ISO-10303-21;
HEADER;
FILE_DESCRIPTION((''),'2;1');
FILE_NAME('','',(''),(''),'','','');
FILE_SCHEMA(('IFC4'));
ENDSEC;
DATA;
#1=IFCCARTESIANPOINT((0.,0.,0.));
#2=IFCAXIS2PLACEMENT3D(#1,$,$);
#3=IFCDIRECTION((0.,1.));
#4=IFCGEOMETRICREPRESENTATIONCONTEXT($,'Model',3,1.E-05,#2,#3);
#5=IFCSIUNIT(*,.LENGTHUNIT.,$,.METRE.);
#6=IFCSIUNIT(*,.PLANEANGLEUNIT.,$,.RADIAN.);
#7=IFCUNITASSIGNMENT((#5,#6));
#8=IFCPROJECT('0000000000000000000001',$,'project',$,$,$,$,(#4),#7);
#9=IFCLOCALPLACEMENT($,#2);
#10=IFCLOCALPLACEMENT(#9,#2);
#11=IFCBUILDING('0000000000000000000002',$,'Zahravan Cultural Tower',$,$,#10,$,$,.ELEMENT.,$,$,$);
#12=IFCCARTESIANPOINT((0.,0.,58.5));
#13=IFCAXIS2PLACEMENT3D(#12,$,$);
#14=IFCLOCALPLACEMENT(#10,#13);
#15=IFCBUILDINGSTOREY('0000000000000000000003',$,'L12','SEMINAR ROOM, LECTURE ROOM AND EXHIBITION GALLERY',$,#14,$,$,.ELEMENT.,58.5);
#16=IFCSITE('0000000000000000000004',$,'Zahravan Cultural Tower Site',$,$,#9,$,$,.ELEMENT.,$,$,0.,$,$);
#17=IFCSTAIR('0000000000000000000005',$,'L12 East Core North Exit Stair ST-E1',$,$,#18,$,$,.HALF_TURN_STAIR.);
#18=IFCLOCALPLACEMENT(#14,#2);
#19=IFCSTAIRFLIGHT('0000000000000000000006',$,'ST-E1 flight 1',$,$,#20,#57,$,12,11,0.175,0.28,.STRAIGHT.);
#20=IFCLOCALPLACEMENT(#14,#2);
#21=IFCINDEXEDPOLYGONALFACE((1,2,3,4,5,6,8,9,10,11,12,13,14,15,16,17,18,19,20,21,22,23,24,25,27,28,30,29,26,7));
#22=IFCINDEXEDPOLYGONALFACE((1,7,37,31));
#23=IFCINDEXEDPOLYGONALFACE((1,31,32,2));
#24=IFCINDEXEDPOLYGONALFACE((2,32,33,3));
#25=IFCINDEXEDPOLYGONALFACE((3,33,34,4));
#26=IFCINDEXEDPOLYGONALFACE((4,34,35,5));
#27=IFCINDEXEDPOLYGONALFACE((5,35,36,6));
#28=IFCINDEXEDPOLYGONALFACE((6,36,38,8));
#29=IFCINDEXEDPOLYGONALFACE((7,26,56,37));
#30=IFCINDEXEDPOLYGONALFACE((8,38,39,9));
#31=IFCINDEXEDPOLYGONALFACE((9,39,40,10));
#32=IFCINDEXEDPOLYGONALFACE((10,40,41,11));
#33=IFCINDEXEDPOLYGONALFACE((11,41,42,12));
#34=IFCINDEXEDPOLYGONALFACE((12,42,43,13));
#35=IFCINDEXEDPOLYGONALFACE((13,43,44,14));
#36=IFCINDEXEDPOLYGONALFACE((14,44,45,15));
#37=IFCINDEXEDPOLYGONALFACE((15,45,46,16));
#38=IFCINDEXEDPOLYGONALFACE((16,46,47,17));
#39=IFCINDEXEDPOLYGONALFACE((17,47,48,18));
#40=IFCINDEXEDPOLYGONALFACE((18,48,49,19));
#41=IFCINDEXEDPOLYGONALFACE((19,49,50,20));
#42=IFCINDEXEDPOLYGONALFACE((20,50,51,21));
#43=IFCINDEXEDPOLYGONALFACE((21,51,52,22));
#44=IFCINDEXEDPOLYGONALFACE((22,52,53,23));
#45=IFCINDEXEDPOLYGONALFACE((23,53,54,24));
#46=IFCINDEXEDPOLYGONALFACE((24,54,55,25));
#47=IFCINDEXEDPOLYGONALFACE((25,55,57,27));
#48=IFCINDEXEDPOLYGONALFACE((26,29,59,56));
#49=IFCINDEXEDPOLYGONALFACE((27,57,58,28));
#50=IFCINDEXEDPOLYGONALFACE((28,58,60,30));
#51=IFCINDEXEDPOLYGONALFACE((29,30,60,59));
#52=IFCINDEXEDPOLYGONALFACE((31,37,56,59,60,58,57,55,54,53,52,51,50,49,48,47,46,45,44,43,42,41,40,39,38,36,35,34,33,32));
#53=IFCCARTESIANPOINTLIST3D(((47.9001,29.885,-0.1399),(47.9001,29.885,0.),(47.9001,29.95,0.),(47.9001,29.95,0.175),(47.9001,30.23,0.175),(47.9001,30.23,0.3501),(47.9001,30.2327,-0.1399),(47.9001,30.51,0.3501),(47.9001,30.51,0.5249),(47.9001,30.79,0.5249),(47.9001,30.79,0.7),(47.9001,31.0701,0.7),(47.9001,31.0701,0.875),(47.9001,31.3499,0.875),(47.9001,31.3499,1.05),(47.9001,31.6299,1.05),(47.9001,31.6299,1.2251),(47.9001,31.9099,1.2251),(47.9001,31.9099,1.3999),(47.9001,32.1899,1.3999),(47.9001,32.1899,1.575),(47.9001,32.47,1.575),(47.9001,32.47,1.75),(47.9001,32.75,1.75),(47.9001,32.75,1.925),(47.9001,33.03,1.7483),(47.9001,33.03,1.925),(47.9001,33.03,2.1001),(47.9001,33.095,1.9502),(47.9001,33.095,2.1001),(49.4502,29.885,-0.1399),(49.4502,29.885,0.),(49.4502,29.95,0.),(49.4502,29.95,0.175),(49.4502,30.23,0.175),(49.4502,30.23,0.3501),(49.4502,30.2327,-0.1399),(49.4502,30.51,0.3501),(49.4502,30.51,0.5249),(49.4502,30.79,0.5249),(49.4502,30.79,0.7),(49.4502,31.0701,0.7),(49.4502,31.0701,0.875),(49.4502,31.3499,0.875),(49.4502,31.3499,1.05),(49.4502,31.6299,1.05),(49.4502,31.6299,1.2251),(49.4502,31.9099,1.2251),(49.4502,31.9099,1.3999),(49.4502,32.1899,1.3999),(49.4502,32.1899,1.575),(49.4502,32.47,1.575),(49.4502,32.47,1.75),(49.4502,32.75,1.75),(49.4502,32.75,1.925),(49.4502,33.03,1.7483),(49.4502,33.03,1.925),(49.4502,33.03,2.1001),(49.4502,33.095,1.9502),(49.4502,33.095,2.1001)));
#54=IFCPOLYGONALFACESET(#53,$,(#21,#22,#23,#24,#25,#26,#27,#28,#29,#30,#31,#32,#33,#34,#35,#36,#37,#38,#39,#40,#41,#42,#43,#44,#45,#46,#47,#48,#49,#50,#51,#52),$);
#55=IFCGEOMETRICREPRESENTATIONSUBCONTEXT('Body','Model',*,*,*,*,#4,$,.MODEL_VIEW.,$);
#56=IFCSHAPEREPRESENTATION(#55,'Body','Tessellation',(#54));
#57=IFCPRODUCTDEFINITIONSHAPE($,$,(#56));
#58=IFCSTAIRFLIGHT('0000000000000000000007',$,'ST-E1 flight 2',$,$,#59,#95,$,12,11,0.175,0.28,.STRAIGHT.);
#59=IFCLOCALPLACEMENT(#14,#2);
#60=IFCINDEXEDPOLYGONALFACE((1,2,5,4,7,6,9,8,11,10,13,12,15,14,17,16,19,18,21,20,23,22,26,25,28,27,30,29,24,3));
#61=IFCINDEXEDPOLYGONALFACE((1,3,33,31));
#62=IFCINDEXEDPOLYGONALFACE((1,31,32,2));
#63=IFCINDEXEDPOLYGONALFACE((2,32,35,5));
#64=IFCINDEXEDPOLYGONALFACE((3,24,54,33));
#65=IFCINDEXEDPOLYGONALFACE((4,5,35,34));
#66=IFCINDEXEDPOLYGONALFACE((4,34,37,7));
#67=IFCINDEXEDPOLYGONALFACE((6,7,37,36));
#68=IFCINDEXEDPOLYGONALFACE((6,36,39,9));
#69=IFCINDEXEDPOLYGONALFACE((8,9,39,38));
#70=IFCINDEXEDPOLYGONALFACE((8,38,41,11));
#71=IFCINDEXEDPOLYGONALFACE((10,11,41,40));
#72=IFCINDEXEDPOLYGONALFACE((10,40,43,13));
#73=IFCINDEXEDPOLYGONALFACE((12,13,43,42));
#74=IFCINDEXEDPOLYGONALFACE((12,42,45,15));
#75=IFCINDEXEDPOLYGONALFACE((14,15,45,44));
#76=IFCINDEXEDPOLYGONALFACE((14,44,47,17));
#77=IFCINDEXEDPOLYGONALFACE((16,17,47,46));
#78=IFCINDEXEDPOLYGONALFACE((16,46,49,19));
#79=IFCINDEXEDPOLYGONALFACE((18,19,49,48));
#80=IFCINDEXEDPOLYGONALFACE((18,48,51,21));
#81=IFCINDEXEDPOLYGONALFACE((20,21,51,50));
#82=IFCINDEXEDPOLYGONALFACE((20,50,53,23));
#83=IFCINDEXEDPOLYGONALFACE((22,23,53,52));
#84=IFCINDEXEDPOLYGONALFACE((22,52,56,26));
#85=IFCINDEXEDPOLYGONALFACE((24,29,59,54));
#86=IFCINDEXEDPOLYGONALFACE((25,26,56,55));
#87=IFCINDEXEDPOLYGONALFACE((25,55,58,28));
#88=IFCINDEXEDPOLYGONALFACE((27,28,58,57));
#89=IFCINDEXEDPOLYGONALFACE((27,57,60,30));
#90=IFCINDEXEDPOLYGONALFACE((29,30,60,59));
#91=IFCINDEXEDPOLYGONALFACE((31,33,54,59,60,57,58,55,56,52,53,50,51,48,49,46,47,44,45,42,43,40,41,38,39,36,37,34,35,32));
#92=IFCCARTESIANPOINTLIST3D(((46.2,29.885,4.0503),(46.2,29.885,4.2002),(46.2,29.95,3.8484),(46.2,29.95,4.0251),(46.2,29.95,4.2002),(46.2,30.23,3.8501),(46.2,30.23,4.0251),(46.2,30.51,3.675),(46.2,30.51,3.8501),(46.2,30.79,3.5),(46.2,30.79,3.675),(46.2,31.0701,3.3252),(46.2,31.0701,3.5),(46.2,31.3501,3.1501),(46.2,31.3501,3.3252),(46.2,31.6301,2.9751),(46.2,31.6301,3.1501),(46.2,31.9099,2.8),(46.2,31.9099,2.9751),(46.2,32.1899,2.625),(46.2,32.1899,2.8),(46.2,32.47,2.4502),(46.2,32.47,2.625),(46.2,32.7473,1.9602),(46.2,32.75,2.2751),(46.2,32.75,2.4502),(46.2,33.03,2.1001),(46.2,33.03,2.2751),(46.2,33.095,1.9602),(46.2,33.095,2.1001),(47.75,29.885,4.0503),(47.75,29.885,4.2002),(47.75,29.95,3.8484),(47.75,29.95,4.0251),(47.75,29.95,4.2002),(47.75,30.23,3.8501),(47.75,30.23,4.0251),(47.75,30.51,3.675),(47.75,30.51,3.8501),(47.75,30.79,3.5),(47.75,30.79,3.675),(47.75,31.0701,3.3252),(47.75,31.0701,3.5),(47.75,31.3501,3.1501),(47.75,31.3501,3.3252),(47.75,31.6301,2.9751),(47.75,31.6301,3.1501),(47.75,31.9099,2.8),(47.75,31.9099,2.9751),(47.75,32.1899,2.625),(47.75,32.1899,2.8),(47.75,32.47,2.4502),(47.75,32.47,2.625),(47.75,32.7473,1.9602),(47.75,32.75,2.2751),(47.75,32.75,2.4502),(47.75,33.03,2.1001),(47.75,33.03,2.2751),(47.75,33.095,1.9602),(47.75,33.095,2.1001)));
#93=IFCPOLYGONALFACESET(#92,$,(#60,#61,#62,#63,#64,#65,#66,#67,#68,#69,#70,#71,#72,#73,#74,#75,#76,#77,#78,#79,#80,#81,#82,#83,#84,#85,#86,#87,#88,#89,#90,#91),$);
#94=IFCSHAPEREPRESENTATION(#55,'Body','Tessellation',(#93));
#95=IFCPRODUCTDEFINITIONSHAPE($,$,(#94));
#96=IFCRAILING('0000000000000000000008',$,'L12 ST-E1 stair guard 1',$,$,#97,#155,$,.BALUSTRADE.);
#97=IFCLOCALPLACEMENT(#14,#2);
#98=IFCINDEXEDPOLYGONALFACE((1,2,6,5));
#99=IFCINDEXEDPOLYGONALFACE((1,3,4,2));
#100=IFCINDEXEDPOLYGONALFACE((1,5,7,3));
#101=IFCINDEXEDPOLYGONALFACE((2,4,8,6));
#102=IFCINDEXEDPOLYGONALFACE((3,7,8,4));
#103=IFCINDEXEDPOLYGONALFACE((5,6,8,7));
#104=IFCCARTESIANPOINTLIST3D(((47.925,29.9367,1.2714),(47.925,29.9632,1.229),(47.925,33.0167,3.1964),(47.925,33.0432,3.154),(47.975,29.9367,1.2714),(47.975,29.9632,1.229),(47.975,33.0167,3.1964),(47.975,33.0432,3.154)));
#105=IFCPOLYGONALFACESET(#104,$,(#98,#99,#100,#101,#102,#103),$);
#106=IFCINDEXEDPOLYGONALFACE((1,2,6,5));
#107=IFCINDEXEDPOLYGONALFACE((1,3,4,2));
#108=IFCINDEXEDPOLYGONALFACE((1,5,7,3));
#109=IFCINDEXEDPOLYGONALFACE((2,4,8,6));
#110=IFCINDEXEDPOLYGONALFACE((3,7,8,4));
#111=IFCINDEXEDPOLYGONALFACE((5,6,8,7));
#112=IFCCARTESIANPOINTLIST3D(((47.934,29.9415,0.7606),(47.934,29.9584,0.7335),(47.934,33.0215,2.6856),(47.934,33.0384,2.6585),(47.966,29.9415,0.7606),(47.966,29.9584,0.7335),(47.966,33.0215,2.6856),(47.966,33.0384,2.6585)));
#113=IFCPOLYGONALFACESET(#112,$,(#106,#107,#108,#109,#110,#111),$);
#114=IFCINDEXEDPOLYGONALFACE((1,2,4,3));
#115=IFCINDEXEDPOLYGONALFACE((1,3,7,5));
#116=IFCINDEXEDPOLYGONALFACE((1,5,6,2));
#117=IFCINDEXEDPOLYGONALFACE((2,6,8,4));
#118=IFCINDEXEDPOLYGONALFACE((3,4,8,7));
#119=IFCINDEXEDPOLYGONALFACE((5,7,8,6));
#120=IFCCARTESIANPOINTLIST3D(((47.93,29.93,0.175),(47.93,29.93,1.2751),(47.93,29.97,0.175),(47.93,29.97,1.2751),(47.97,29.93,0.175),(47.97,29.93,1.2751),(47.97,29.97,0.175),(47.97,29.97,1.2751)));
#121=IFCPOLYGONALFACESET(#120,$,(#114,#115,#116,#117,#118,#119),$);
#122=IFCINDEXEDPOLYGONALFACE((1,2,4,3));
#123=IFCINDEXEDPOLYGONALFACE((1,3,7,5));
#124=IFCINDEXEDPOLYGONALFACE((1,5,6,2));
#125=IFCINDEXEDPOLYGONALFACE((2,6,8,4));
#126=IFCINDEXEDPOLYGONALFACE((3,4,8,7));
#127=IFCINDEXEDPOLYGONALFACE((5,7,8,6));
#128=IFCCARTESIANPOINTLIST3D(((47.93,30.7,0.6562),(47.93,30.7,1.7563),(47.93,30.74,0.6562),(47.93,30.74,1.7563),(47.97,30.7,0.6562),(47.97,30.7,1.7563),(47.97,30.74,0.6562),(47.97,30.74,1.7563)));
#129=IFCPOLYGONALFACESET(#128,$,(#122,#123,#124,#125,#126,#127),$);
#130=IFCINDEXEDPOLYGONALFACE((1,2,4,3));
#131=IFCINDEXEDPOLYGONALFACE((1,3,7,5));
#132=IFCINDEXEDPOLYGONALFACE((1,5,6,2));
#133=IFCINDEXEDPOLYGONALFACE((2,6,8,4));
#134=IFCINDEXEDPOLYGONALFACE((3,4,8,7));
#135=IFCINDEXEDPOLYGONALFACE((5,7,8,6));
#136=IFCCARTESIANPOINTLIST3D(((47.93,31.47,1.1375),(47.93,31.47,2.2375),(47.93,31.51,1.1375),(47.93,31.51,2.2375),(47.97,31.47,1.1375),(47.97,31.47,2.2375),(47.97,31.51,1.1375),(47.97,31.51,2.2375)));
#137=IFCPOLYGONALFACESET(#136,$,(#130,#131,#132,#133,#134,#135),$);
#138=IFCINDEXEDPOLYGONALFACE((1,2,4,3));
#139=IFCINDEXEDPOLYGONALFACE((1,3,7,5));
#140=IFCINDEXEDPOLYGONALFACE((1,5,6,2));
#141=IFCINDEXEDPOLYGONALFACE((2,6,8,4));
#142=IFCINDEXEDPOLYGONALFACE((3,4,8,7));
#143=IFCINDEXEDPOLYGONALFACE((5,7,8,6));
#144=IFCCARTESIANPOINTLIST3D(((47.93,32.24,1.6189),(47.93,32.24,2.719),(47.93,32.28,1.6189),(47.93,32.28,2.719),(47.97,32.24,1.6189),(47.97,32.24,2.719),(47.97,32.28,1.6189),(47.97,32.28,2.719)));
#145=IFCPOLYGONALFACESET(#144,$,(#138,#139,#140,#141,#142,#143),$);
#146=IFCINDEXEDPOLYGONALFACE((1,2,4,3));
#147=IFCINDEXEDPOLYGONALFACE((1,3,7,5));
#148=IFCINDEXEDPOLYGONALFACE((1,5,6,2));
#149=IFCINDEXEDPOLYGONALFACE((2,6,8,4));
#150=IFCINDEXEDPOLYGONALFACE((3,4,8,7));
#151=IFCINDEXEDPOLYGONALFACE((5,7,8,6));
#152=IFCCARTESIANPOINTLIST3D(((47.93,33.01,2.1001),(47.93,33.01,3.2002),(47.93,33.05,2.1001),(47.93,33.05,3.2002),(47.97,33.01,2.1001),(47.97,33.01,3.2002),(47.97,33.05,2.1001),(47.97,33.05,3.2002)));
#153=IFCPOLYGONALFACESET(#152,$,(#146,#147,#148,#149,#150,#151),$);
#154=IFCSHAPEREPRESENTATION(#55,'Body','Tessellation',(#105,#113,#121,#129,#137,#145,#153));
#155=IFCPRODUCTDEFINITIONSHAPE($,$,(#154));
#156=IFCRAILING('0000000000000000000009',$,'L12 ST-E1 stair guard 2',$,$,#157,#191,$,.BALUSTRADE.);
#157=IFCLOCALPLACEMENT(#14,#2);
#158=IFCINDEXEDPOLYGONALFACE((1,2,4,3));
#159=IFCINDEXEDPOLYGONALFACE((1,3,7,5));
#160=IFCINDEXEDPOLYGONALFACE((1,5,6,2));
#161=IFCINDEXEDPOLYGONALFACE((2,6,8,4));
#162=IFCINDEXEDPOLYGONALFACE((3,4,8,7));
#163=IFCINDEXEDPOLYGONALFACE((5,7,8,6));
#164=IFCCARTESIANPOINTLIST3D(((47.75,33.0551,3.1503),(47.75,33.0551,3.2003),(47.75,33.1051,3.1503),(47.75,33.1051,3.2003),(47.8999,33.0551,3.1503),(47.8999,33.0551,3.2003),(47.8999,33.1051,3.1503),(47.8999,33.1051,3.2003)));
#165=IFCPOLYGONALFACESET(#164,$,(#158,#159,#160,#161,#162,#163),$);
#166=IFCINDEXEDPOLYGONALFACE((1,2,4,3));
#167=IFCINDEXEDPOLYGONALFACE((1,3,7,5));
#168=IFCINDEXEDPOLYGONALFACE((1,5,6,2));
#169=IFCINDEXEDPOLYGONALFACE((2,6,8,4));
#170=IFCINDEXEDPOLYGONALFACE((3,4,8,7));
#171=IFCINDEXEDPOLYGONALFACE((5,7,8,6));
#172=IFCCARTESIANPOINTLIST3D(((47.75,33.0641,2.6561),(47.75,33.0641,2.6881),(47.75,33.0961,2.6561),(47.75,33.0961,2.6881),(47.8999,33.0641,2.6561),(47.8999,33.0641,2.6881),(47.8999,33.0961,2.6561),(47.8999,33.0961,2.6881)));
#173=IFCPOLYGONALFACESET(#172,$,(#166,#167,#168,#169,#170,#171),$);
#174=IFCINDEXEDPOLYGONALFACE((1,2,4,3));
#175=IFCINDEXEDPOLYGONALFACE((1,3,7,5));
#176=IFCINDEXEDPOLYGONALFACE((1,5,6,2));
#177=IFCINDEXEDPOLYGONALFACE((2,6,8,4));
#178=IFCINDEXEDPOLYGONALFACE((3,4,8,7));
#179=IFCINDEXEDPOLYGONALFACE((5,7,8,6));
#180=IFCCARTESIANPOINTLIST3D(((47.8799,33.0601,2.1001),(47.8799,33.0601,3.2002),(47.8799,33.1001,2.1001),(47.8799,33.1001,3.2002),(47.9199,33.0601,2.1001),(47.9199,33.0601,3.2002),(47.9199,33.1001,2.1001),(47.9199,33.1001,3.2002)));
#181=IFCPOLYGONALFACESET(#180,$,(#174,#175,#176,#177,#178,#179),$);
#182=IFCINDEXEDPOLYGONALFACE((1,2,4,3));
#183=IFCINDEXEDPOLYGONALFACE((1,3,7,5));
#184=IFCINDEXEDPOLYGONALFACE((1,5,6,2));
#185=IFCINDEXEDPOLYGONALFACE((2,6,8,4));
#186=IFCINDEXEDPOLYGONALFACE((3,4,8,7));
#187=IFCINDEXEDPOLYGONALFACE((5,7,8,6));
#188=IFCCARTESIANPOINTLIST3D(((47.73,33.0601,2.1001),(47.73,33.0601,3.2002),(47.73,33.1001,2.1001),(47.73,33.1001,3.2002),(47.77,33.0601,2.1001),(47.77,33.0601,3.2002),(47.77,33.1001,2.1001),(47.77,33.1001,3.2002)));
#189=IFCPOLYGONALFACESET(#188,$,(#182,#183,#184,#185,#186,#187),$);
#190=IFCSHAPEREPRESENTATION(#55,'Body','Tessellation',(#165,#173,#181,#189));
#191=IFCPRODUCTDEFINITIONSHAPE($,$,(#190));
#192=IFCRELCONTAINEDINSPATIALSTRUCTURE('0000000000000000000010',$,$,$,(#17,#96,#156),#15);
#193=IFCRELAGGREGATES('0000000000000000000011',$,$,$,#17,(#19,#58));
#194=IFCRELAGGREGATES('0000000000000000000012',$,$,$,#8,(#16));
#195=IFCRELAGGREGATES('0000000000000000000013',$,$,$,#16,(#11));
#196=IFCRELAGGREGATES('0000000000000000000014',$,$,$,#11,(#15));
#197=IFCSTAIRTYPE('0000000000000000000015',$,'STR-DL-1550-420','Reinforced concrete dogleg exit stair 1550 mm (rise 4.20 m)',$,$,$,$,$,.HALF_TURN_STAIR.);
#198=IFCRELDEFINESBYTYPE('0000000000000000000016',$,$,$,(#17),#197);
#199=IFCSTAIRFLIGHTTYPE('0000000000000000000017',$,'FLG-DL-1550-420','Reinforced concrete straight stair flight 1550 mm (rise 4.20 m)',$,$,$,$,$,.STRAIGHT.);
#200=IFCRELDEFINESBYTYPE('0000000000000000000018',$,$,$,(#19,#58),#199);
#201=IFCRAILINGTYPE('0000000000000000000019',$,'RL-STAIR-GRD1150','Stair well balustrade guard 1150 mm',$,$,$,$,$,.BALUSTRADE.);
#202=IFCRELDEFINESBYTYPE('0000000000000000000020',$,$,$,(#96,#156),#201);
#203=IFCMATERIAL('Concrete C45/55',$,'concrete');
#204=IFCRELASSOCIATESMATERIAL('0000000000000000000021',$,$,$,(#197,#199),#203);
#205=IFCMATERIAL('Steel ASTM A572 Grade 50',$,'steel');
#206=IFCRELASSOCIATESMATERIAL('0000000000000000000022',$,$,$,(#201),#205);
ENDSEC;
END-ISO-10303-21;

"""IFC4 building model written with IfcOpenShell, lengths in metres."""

from ifc_helpers import new_model, si_unit, direction, frame, origin, origin_2d, place, context, subcontext, project, spatial, polyline, rectangle, outline, extrude, material, type_object, element, aggregate, save


model = new_model("IFC4")

# Units and contexts
model_context = context("Model", 3, precision=1e-05, world=origin(), true_north=direction((0.0, 1.0)))
body_context = subcontext(model_context, "Body", "Model", "MODEL_VIEW")
ifc_project = project(units=[si_unit("LENGTHUNIT", "METRE"), si_unit("PLANEANGLEUNIT", "RADIAN")], contexts=[model_context])

# Site, building, storey
site_placement = place(None, origin())
site = spatial("IfcSite", under=ifc_project, at=site_placement, Name="Zahravan Cultural Tower Site", CompositionType="ELEMENT", RefElevation=0.0)
building_placement = place(site_placement, origin())
building = spatial("IfcBuilding", under=site, at=building_placement, Name="Zahravan Cultural Tower", CompositionType="ELEMENT")
storey_placement = place(building_placement, frame((0.0, 0.0, 58.5)))
storey = spatial("IfcBuildingStorey", under=building, at=storey_placement, Name="L12", Description="SEMINAR ROOM, LECTURE ROOM AND EXHIBITION GALLERY", CompositionType="ELEMENT", Elevation=58.5)

# Shared definitions
ifc_material_1 = material(Name="Steel ASTM A572 Grade 50", Category="steel")
ifc_material_2 = material(Name="Concrete C45/55", Category="concrete")

# Stair, stair flights
stair_type = type_object("IfcStairType", Name="STR-DL-1550-420", Description="Reinforced concrete dogleg exit stair 1550 mm (rise 4.20 m)", PredefinedType="HALF_TURN_STAIR", material=ifc_material_2)
stair_placement = place(storey_placement, origin())
stair = element("IfcStair", 1, at=stair_placement, inside=storey, type_object=stair_type, Name="L12 East Core North Exit Stair ST-E1", PredefinedType="HALF_TURN_STAIR")
stair_flight_type = type_object("IfcStairFlightType", Name="FLG-DL-1550-420", Description="Reinforced concrete straight stair flight 1550 mm (rise 4.20 m)", PredefinedType="STRAIGHT", material=ifc_material_2)
stair_flight_1_placement = place(storey_placement, frame((48.675, 29.95, 0.0), z_axis=(0.0, 0.0, 1.0), x_axis=(0.0, 1.0, 0.0)))
stair_flight_1 = element("IfcStairFlight", 2, at=stair_flight_1_placement, type_object=stair_flight_type, Name="ST-E1 flight 1", NumberOfRisers=12, NumberOfTreads=11, PredefinedType="STRAIGHT", RiserHeight=0.175, TreadLength=0.28, context=body_context, shape_type="SweptSolid", body=[
    extrude(outline(polyline([(-0.0649, -0.1399), (-0.0649, 0.0), (0.0, 0.0), (0.0, 0.175), (0.28, 0.175), (0.28, 0.3501), (0.5601, 0.3501), (0.5601, 0.5249), (0.8401, 0.5249), (0.8401, 0.7), (1.1201, 0.7), (1.1201, 0.875), (1.3999, 0.875), (1.3999, 1.05), (1.6799, 1.05), (1.6799, 1.2251), (1.96, 1.2251), (1.96, 1.3999), (2.24, 1.3999), (2.24, 1.575), (2.52, 1.575), (2.52, 1.75), (2.8, 1.75), (2.8, 1.925), (3.0801, 1.925), (3.0801, 2.1001), (3.145, 2.1001), (3.145, 1.9502), (3.0801, 1.7483), (0.2827, -0.1399), (-0.0649, -0.1399)])), frame((0.0, 0.7749, 0.0), z_axis=(0.0, -1.0, 0.0), x_axis=(1.0, 0.0, 0.0)), (0.0, 0.0, 1.0), 1.55),
])
stair_flight_2_placement = place(storey_placement, frame((46.9751, 33.03, 2.1001), z_axis=(0.0, 0.0, 1.0), x_axis=(0.0, -1.0, 0.0)))
stair_flight_2 = element("IfcStairFlight", 3, at=stair_flight_2_placement, type_object=stair_flight_type, Name="ST-E1 flight 2", NumberOfRisers=12, NumberOfTreads=11, PredefinedType="STRAIGHT", RiserHeight=0.175, TreadLength=0.28, context=body_context, shape_type="SweptSolid", body=[
    extrude(outline(polyline([(-0.0649, -0.1399), (-0.0649, 0.0), (0.0, 0.0), (0.0, 0.175), (0.28, 0.175), (0.28, 0.3501), (0.5601, 0.3501), (0.5601, 0.5249), (0.8401, 0.5249), (0.8401, 0.7), (1.1201, 0.7), (1.1201, 0.875), (1.3999, 0.875), (1.3999, 1.05), (1.6799, 1.05), (1.6799, 1.2251), (1.96, 1.2251), (1.96, 1.3999), (2.24, 1.3999), (2.24, 1.575), (2.52, 1.575), (2.52, 1.75), (2.8, 1.75), (2.8, 1.925), (3.0801, 1.925), (3.0801, 2.1001), (3.145, 2.1001), (3.145, 1.9502), (3.0801, 1.7483), (0.2827, -0.1399), (-0.0649, -0.1399)])), frame((0.0, 0.7749, 0.0), z_axis=(0.0, -1.0, 0.0), x_axis=(1.0, 0.0, 0.0)), (0.0, 0.0, 1.0), 1.55),
])
aggregate(stair, [stair_flight_1, stair_flight_2])

# Railings
railing_type_1 = type_object("IfcRailingType", Name="RL-STAIR-GRD1150", Description="Stair well balustrade guard 1150 mm", PredefinedType="BALUSTRADE", material=ifc_material_1)
railing_1_placement = place(storey_placement, frame((47.95, 29.95, 0.175)))
element("IfcRailing", 4, at=railing_1_placement, inside=storey, type_object=railing_type_1, Name="L12 ST-E1 stair guard 1", PredefinedType="BALUSTRADE", context=body_context, shape_type="SweptSolid", body=[
    extrude(rectangle(XDim=0.05, YDim=0.05, at=origin_2d()), frame((0.0, 0.0, 1.0752), z_axis=(0.0, 0.847998, 0.529999), x_axis=(-1.0, 0.0, 0.0)), (0.0, 0.0, 1.0), 3.6321),
    extrude(rectangle(XDim=0.032, YDim=0.032, at=origin_2d()), frame((0.0, 0.0, 0.572), z_axis=(0.0, 0.847998, 0.529999), x_axis=(-1.0, 0.0, 0.0)), (0.0, 0.0, 1.0), 3.6321),
    extrude(rectangle(XDim=0.04, YDim=0.04, at=origin_2d()), origin(), (0.0, 0.0, 1.0), 1.1001),
    extrude(rectangle(XDim=0.04, YDim=0.04, at=origin_2d()), frame((0.0, 0.77, 0.4812)), (0.0, 0.0, 1.0), 1.1001),
    extrude(rectangle(XDim=0.04, YDim=0.04, at=origin_2d()), frame((0.0, 1.54, 0.9624)), (0.0, 0.0, 1.0), 1.1001),
    extrude(rectangle(XDim=0.04, YDim=0.04, at=origin_2d()), frame((0.0, 2.3101, 1.4438)), (0.0, 0.0, 1.0), 1.1001),
    extrude(rectangle(XDim=0.04, YDim=0.04, at=origin_2d()), frame((0.0, 3.0801, 1.925)), (0.0, 0.0, 1.0), 1.1001),
])
railing_2_placement = place(storey_placement, frame((47.8999, 33.0801, 2.1001)))
element("IfcRailing", 5, at=railing_2_placement, inside=storey, type_object=railing_type_1, Name="L12 ST-E1 stair guard 2", PredefinedType="BALUSTRADE", context=body_context, shape_type="SweptSolid", body=[
    extrude(rectangle(XDim=0.05, YDim=0.05, at=origin_2d()), frame((0.0, 0.0, 1.0752), z_axis=(-1.0, 0.0, 0.0), x_axis=(0.0, -1.0, 0.0)), (0.0, 0.0, 1.0), 0.1499),
    extrude(rectangle(XDim=0.032, YDim=0.032, at=origin_2d()), frame((0.0, 0.0, 0.572), z_axis=(-1.0, 0.0, 0.0), x_axis=(0.0, -1.0, 0.0)), (0.0, 0.0, 1.0), 0.1499),
    extrude(rectangle(XDim=0.04, YDim=0.04, at=origin_2d()), origin(), (0.0, 0.0, 1.0), 1.1001),
    extrude(rectangle(XDim=0.04, YDim=0.04, at=origin_2d()), frame((-0.1499, 0.0, 0.0)), (0.0, 0.0, 1.0), 1.1001),
])

save(model, "model.ifc")
